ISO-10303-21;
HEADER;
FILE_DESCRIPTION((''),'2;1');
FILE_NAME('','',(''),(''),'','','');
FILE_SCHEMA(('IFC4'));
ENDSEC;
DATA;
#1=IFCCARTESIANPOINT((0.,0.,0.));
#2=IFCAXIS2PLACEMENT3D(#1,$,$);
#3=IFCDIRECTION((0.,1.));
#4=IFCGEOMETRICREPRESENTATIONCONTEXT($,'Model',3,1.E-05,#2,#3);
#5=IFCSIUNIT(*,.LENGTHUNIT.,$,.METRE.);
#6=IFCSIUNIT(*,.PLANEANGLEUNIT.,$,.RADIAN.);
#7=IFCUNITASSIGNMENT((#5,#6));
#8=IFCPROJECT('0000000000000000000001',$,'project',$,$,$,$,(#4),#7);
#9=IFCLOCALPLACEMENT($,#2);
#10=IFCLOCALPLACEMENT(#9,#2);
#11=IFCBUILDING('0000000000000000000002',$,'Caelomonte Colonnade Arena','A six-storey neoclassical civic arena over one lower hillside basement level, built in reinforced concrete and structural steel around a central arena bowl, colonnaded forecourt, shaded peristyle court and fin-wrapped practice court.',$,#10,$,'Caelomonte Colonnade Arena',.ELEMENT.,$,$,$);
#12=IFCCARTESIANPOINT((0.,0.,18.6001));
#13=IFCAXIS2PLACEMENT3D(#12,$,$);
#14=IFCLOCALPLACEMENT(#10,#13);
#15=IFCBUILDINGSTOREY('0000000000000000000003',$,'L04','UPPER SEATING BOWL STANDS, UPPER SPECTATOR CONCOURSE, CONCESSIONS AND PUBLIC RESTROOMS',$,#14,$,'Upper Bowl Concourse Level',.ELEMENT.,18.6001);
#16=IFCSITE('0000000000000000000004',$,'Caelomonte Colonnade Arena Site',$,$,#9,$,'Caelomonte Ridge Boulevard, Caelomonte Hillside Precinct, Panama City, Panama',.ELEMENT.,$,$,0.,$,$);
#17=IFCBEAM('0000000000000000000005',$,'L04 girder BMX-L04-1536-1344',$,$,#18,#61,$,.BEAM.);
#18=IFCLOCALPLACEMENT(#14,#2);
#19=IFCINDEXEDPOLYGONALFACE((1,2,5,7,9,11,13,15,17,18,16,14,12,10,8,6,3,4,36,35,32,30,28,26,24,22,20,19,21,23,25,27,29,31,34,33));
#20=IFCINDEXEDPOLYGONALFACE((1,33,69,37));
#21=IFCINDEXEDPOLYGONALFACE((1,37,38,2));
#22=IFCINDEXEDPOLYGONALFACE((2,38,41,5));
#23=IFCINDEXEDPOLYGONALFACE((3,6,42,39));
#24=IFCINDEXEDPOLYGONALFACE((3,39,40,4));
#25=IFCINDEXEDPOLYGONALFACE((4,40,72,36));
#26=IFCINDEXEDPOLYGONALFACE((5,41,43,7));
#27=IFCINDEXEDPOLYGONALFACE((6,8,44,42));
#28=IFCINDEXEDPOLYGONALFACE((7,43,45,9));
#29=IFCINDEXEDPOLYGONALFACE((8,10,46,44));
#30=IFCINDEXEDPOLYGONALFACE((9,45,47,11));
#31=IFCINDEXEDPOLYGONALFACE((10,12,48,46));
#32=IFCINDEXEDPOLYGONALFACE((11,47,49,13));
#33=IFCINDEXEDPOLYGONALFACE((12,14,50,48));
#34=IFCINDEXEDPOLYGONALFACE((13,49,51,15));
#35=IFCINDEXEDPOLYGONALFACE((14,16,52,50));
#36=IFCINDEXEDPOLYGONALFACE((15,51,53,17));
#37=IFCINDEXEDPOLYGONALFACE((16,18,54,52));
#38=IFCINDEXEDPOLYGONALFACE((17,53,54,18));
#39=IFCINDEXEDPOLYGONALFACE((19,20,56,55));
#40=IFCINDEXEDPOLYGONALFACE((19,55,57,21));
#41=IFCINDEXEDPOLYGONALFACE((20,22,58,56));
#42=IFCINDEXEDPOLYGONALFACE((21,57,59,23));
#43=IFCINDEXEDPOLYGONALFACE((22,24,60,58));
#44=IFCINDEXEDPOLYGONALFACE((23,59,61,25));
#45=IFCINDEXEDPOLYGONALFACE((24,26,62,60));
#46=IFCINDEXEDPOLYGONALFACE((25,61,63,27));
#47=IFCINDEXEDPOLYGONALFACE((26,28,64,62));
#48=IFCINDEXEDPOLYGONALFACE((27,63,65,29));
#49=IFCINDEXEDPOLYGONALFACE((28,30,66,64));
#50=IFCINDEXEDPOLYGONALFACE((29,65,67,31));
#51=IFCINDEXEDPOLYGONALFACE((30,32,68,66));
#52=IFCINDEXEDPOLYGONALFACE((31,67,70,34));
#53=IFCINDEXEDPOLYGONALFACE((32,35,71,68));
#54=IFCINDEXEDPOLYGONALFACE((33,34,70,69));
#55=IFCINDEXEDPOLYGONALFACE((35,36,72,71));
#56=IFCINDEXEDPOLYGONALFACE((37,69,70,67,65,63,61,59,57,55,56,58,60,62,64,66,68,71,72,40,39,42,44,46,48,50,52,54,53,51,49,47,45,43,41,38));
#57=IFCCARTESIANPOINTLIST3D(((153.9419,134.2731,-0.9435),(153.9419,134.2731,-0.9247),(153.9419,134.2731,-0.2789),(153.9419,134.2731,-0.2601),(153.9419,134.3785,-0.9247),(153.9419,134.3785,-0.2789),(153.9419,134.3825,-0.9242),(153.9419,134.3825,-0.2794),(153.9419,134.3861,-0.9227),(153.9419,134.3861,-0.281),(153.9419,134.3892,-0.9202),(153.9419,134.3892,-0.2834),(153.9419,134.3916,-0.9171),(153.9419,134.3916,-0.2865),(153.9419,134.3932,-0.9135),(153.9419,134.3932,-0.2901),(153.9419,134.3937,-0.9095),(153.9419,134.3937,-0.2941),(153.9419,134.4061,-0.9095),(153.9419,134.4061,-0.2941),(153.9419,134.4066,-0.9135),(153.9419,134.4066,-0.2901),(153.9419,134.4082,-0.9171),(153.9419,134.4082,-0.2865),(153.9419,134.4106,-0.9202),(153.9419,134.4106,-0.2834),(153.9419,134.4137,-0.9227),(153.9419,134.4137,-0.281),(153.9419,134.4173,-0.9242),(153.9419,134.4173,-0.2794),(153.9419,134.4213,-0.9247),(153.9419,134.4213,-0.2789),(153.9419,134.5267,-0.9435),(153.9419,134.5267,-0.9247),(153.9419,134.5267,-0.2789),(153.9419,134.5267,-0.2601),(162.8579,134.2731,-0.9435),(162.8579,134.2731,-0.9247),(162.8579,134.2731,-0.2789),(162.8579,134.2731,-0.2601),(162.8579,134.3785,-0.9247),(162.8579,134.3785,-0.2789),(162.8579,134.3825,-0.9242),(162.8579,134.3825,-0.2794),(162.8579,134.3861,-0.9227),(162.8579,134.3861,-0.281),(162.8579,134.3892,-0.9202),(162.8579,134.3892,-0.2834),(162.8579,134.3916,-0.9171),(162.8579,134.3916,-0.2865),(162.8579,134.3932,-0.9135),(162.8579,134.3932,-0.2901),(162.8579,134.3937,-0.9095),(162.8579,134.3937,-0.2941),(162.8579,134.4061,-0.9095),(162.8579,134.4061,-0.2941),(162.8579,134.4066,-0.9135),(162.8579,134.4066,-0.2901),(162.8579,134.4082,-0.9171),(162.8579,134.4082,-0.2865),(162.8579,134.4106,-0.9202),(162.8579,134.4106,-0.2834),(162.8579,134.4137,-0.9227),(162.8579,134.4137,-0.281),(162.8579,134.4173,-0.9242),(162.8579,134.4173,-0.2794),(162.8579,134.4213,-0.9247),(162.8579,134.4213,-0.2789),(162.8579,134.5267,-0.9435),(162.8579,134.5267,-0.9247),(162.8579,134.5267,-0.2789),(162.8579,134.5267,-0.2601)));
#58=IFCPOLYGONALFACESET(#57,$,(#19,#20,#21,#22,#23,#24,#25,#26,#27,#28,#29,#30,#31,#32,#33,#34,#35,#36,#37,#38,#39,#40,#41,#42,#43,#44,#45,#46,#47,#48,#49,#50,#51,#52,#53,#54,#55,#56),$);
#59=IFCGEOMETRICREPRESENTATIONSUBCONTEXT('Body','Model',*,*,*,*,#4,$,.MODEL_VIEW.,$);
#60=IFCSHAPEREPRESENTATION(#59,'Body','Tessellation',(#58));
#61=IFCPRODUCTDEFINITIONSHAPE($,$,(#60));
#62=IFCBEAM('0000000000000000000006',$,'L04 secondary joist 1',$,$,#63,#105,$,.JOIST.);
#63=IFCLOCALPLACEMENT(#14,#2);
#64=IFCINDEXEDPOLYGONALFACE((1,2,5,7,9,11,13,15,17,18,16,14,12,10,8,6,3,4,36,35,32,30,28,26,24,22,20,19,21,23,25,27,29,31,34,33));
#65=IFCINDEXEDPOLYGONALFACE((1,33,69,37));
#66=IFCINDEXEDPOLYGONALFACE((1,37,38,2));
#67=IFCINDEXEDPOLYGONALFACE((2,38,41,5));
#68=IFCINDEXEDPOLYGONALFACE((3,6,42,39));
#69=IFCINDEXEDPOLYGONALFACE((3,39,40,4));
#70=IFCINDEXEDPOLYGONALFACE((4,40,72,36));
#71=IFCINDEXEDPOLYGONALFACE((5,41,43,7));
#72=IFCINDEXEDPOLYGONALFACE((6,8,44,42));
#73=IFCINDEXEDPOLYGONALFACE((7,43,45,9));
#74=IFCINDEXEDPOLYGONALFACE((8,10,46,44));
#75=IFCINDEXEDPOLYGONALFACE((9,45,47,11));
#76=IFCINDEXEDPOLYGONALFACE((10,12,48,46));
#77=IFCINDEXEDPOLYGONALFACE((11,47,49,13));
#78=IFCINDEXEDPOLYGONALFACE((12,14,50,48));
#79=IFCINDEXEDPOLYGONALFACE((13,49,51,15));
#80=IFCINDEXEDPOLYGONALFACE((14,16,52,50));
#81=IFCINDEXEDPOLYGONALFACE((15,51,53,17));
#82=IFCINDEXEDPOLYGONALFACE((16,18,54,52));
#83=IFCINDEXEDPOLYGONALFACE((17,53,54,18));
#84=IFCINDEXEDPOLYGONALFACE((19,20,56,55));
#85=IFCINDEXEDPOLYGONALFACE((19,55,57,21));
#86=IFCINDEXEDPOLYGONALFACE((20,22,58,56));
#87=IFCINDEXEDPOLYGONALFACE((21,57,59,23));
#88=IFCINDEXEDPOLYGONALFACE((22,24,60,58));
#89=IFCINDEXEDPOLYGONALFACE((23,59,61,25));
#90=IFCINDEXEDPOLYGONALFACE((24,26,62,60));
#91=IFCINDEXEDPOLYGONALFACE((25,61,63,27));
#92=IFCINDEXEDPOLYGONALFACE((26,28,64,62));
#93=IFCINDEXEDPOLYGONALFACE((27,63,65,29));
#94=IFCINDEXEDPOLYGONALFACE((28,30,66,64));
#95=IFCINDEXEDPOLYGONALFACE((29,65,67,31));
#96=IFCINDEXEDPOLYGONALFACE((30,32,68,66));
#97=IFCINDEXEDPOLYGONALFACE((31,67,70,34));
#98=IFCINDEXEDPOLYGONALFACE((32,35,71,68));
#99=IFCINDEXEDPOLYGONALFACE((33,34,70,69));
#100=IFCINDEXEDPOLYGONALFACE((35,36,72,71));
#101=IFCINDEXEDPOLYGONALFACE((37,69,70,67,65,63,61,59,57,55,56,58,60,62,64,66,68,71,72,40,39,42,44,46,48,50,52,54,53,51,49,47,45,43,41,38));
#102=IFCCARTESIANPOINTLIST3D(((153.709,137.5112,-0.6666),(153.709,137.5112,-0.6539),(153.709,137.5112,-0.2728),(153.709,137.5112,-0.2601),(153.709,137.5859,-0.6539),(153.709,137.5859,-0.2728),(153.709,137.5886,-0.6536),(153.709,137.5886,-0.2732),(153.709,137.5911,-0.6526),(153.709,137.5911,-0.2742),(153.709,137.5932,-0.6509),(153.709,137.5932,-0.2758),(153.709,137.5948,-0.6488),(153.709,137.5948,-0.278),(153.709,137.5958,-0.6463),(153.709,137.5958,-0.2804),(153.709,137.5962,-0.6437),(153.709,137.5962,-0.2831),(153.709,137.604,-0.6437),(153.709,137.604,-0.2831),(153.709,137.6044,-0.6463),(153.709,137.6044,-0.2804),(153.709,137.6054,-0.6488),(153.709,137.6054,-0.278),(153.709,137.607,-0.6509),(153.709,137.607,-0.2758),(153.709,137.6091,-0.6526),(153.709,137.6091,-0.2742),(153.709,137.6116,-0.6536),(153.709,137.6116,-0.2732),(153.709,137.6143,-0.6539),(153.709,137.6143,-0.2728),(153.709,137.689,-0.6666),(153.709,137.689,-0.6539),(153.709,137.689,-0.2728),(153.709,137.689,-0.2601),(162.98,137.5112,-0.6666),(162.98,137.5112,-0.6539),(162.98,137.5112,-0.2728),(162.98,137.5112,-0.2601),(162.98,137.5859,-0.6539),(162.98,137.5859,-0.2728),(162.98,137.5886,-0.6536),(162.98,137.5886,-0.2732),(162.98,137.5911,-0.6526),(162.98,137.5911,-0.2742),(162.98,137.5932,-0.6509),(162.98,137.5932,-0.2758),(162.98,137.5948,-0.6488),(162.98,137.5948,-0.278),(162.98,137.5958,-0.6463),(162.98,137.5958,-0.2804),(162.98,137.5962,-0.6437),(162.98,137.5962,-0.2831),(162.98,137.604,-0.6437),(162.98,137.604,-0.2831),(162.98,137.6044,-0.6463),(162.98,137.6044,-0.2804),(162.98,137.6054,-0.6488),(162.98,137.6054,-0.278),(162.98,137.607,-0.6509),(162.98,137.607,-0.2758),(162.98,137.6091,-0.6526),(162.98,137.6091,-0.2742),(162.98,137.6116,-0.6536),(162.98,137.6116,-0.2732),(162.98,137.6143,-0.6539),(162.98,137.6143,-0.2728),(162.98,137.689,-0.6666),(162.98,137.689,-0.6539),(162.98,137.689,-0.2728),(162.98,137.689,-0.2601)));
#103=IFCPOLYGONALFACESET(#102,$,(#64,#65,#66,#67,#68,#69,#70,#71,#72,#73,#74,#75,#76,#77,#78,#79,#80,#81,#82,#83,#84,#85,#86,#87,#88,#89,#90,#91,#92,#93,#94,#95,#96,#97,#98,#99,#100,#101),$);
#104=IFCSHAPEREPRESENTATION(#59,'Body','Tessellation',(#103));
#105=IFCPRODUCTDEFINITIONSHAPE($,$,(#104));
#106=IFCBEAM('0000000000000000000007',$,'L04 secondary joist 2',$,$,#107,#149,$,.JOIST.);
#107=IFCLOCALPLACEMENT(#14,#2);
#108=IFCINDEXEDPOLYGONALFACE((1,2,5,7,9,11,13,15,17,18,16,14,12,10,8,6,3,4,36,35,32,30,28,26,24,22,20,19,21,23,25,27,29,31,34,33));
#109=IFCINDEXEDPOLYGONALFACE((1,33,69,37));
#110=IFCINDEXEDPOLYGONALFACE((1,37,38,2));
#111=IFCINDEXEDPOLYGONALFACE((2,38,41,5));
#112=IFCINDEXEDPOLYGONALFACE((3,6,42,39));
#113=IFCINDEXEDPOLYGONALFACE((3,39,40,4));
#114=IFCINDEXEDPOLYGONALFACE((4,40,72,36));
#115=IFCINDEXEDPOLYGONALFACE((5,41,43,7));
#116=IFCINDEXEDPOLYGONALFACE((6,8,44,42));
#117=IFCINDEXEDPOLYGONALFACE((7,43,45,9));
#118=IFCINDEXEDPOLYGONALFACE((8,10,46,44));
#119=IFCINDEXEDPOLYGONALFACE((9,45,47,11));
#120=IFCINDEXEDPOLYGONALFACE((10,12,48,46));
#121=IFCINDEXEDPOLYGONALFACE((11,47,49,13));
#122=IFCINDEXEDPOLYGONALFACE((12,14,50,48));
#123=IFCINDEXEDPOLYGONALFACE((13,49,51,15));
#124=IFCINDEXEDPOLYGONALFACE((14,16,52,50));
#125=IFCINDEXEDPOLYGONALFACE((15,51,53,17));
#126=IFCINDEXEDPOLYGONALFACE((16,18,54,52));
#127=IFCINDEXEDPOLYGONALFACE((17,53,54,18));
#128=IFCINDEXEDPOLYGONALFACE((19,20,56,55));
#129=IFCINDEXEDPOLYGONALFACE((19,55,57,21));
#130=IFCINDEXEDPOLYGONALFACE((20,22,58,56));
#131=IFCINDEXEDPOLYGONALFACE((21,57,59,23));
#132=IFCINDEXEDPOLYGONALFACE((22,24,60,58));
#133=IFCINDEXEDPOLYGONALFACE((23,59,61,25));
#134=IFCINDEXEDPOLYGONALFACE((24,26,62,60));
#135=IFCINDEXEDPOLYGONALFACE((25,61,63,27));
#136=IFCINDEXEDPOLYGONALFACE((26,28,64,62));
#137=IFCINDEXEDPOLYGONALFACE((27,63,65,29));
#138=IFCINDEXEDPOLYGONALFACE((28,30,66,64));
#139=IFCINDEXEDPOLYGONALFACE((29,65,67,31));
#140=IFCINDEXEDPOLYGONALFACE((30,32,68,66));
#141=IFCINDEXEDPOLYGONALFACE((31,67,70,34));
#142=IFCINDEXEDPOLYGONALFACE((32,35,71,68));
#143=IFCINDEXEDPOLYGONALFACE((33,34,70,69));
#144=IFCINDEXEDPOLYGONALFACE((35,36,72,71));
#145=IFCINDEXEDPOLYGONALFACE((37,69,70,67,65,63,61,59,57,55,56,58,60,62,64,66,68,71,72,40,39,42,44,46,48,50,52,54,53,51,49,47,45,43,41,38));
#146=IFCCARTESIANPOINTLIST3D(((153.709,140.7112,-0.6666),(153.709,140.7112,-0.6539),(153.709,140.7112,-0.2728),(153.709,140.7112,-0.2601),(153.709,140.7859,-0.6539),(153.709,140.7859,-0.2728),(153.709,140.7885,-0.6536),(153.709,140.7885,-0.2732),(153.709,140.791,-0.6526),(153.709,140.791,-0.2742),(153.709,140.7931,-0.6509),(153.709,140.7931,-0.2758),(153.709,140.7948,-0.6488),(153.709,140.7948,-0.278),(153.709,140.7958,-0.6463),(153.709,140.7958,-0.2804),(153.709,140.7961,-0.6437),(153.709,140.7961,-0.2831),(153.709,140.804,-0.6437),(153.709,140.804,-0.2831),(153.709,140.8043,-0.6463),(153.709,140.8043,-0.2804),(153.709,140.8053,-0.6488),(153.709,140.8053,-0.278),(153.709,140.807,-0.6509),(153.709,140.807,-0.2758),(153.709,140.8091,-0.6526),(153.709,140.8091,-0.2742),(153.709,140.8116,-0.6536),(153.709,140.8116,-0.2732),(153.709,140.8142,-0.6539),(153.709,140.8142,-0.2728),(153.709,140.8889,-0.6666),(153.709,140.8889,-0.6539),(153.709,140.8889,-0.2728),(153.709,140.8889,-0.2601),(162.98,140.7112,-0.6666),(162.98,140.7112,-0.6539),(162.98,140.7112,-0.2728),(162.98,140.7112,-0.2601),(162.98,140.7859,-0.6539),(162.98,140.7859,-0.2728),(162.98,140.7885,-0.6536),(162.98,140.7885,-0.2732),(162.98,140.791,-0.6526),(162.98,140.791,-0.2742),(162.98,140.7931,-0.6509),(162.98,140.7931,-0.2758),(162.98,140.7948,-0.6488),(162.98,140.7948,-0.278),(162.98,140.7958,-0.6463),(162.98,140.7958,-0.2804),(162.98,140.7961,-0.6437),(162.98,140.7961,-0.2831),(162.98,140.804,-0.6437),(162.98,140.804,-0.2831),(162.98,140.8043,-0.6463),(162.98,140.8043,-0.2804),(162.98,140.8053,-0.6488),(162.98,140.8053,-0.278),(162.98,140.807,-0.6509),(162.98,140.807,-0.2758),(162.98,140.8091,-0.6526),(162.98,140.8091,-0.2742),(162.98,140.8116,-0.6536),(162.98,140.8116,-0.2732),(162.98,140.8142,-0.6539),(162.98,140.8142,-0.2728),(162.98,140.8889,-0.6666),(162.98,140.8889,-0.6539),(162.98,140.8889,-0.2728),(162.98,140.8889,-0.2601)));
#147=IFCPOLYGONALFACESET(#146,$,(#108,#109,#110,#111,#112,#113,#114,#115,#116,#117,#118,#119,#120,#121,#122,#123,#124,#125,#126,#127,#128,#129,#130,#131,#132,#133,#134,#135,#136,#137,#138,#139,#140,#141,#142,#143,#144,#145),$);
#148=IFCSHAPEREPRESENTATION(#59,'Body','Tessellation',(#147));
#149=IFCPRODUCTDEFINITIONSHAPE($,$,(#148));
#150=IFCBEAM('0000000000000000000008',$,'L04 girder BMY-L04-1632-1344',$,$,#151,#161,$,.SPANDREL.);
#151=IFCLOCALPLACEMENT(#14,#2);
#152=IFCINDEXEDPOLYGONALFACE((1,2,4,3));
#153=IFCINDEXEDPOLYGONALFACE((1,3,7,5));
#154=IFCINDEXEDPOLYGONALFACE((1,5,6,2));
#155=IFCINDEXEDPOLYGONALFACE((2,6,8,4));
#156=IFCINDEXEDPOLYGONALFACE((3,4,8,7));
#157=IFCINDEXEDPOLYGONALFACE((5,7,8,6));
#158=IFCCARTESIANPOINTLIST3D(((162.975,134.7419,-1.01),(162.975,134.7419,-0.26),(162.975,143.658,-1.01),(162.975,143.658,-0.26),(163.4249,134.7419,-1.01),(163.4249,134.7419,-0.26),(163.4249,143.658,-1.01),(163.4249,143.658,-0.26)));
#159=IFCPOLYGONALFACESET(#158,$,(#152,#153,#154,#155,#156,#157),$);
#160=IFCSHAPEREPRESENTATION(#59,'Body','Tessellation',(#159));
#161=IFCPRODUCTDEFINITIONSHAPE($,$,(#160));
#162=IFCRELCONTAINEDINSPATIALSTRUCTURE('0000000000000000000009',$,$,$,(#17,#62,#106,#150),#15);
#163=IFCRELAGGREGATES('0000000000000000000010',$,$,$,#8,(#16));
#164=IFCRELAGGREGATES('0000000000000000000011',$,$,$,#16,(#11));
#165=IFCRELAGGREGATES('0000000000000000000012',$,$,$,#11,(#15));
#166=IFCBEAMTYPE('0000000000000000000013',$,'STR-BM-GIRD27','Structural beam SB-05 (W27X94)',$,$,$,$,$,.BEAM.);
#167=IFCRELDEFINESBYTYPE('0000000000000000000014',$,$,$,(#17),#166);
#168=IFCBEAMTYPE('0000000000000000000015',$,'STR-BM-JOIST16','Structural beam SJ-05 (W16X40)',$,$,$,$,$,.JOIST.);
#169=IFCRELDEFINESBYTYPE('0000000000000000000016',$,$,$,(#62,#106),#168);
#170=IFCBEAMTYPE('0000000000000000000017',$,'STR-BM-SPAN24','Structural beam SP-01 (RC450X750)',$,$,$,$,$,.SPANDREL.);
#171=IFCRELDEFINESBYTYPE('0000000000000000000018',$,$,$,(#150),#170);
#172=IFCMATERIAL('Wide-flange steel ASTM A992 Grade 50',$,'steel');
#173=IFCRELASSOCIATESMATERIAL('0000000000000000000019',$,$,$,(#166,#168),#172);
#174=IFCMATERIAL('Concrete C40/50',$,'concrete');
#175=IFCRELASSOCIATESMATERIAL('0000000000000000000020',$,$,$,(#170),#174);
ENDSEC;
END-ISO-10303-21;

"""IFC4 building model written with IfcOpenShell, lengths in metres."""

from ifc_helpers import new_model, si_unit, direction, frame, origin, origin_2d, place, context, subcontext, project, spatial, rectangle, i_section, extrude, material, material_profile, profile_set, type_object, element, save


model = new_model("IFC4")

# Units and contexts
model_context = context("Model", 3, precision=1e-05, world=origin(), true_north=direction((0.0, 1.0)))
body_context = subcontext(model_context, "Body", "Model", "MODEL_VIEW")
ifc_project = project(units=[si_unit("LENGTHUNIT", "METRE"), si_unit("PLANEANGLEUNIT", "RADIAN")], contexts=[model_context])

# Site, building, storey
site_placement = place(None, origin())
site = spatial("IfcSite", under=ifc_project, at=site_placement, Name="Caelomonte Colonnade Arena Site", LongName="Caelomonte Ridge Boulevard, Caelomonte Hillside Precinct, Panama City, Panama", CompositionType="ELEMENT", RefElevation=0.0)
building_placement = place(site_placement, origin())
building = spatial("IfcBuilding", under=site, at=building_placement, Name="Caelomonte Colonnade Arena", Description="A six-storey neoclassical civic arena over one lower hillside basement level, built in reinforced concrete and structural steel around a central arena bowl, colonnaded forecourt, shaded peristyle court and fin-wrapped practice court.", LongName="Caelomonte Colonnade Arena", CompositionType="ELEMENT")
storey_placement = place(building_placement, frame((0.0, 0.0, 18.6001)))
storey = spatial("IfcBuildingStorey", under=building, at=storey_placement, Name="L04", Description="UPPER SEATING BOWL STANDS, UPPER SPECTATOR CONCOURSE, CONCESSIONS AND PUBLIC RESTROOMS", LongName="Upper Bowl Concourse Level", CompositionType="ELEMENT", Elevation=18.6001)

# Shared definitions
ifc_material_1 = material(Name="Wide-flange steel ASTM A992 Grade 50", Category="steel")

# Beams
ifc_material_profile_1 = material_profile(ifc_material_1, i_section(OverallWidth=0.2537, OverallDepth=0.6833, WebThickness=0.0125, FlangeThickness=0.0188, FilletRadius=0.0151, at=origin_2d()), Name="W27X94")
ifc_profile_set_1 = profile_set([ifc_material_profile_1], Name="Wide-flange steel ASTM A992 Grade 50")
beam_type_1 = type_object("IfcBeamType", Name="STR-BM-GIRD27", Description="Structural beam SB-05 (W27X94)", PredefinedType="BEAM", material=ifc_profile_set_1)
beam_1_placement = place(storey_placement, frame((153.9419, 134.3999, -0.6018), z_axis=(1.0, 0.0, 0.0), x_axis=(0.0, 1.0, 0.0)))
element("IfcBeam", 1, at=beam_1_placement, inside=storey, type_object=beam_type_1, Name="L04 girder BMX-L04-1536-1344", PredefinedType="BEAM", context=body_context, shape_type="SweptSolid", body=[
    extrude(i_section(OverallWidth=0.2537, OverallDepth=0.6833, WebThickness=0.0125, FlangeThickness=0.0188, FilletRadius=0.0151, at=origin_2d()), origin(), (0.0, 0.0, 1.0), 8.916),
])
ifc_material_profile_2 = material_profile(ifc_material_1, i_section(OverallWidth=0.1777, OverallDepth=0.4065, WebThickness=0.0078, FlangeThickness=0.0127, FilletRadius=0.0103, at=origin_2d()), Name="W16X40")
ifc_profile_set_2 = profile_set([ifc_material_profile_2], Name="Wide-flange steel ASTM A992 Grade 50")
beam_type_2 = type_object("IfcBeamType", Name="STR-BM-JOIST16", Description="Structural beam SJ-05 (W16X40)", PredefinedType="JOIST", material=ifc_profile_set_2)
for number, where, z_axis, x_axis, name in (
    (2, (153.709, 137.6001, -0.4634), (1.0, 0.0, 0.0), (0.0, 1.0, 0.0), "L04 secondary joist 1"),
    (3, (153.709, 140.8, -0.4634), (1.0, 0.0, 0.0), (0.0, 1.0, 0.0), "L04 secondary joist 2"),
):
    element("IfcBeam", number, at=place(storey_placement, frame(where, z_axis=z_axis, x_axis=x_axis)), inside=storey, type_object=beam_type_2, Name=name, PredefinedType="JOIST", context=body_context, shape_type="SweptSolid", body=[
        extrude(i_section(OverallWidth=0.1777, OverallDepth=0.4065, WebThickness=0.0078, FlangeThickness=0.0127, FilletRadius=0.0103, at=origin_2d()), origin(), (0.0, 0.0, 1.0), 9.271),
    ])
ifc_material_2 = material(Name="Concrete C40/50", Category="concrete")
ifc_material_profile_3 = material_profile(ifc_material_2, rectangle(XDim=0.45, YDim=0.75, at=origin_2d()), Name="RC450X750")
ifc_profile_set_3 = profile_set([ifc_material_profile_3], Name="Concrete C40/50")
beam_type_3 = type_object("IfcBeamType", Name="STR-BM-SPAN24", Description="Structural beam SP-01 (RC450X750)", PredefinedType="SPANDREL", material=ifc_profile_set_3)
beam_2_placement = place(storey_placement, frame((163.2, 134.7419, -0.635), z_axis=(0.0, 1.0, 0.0), x_axis=(-1.0, 0.0, 0.0)))
element("IfcBeam", 4, at=beam_2_placement, inside=storey, type_object=beam_type_3, Name="L04 girder BMY-L04-1632-1344", PredefinedType="SPANDREL", context=body_context, shape_type="SweptSolid", body=[
    extrude(rectangle(XDim=0.45, YDim=0.75, at=origin_2d()), origin(), (0.0, 0.0, 1.0), 8.916),
])

save(model, "model.ifc")
